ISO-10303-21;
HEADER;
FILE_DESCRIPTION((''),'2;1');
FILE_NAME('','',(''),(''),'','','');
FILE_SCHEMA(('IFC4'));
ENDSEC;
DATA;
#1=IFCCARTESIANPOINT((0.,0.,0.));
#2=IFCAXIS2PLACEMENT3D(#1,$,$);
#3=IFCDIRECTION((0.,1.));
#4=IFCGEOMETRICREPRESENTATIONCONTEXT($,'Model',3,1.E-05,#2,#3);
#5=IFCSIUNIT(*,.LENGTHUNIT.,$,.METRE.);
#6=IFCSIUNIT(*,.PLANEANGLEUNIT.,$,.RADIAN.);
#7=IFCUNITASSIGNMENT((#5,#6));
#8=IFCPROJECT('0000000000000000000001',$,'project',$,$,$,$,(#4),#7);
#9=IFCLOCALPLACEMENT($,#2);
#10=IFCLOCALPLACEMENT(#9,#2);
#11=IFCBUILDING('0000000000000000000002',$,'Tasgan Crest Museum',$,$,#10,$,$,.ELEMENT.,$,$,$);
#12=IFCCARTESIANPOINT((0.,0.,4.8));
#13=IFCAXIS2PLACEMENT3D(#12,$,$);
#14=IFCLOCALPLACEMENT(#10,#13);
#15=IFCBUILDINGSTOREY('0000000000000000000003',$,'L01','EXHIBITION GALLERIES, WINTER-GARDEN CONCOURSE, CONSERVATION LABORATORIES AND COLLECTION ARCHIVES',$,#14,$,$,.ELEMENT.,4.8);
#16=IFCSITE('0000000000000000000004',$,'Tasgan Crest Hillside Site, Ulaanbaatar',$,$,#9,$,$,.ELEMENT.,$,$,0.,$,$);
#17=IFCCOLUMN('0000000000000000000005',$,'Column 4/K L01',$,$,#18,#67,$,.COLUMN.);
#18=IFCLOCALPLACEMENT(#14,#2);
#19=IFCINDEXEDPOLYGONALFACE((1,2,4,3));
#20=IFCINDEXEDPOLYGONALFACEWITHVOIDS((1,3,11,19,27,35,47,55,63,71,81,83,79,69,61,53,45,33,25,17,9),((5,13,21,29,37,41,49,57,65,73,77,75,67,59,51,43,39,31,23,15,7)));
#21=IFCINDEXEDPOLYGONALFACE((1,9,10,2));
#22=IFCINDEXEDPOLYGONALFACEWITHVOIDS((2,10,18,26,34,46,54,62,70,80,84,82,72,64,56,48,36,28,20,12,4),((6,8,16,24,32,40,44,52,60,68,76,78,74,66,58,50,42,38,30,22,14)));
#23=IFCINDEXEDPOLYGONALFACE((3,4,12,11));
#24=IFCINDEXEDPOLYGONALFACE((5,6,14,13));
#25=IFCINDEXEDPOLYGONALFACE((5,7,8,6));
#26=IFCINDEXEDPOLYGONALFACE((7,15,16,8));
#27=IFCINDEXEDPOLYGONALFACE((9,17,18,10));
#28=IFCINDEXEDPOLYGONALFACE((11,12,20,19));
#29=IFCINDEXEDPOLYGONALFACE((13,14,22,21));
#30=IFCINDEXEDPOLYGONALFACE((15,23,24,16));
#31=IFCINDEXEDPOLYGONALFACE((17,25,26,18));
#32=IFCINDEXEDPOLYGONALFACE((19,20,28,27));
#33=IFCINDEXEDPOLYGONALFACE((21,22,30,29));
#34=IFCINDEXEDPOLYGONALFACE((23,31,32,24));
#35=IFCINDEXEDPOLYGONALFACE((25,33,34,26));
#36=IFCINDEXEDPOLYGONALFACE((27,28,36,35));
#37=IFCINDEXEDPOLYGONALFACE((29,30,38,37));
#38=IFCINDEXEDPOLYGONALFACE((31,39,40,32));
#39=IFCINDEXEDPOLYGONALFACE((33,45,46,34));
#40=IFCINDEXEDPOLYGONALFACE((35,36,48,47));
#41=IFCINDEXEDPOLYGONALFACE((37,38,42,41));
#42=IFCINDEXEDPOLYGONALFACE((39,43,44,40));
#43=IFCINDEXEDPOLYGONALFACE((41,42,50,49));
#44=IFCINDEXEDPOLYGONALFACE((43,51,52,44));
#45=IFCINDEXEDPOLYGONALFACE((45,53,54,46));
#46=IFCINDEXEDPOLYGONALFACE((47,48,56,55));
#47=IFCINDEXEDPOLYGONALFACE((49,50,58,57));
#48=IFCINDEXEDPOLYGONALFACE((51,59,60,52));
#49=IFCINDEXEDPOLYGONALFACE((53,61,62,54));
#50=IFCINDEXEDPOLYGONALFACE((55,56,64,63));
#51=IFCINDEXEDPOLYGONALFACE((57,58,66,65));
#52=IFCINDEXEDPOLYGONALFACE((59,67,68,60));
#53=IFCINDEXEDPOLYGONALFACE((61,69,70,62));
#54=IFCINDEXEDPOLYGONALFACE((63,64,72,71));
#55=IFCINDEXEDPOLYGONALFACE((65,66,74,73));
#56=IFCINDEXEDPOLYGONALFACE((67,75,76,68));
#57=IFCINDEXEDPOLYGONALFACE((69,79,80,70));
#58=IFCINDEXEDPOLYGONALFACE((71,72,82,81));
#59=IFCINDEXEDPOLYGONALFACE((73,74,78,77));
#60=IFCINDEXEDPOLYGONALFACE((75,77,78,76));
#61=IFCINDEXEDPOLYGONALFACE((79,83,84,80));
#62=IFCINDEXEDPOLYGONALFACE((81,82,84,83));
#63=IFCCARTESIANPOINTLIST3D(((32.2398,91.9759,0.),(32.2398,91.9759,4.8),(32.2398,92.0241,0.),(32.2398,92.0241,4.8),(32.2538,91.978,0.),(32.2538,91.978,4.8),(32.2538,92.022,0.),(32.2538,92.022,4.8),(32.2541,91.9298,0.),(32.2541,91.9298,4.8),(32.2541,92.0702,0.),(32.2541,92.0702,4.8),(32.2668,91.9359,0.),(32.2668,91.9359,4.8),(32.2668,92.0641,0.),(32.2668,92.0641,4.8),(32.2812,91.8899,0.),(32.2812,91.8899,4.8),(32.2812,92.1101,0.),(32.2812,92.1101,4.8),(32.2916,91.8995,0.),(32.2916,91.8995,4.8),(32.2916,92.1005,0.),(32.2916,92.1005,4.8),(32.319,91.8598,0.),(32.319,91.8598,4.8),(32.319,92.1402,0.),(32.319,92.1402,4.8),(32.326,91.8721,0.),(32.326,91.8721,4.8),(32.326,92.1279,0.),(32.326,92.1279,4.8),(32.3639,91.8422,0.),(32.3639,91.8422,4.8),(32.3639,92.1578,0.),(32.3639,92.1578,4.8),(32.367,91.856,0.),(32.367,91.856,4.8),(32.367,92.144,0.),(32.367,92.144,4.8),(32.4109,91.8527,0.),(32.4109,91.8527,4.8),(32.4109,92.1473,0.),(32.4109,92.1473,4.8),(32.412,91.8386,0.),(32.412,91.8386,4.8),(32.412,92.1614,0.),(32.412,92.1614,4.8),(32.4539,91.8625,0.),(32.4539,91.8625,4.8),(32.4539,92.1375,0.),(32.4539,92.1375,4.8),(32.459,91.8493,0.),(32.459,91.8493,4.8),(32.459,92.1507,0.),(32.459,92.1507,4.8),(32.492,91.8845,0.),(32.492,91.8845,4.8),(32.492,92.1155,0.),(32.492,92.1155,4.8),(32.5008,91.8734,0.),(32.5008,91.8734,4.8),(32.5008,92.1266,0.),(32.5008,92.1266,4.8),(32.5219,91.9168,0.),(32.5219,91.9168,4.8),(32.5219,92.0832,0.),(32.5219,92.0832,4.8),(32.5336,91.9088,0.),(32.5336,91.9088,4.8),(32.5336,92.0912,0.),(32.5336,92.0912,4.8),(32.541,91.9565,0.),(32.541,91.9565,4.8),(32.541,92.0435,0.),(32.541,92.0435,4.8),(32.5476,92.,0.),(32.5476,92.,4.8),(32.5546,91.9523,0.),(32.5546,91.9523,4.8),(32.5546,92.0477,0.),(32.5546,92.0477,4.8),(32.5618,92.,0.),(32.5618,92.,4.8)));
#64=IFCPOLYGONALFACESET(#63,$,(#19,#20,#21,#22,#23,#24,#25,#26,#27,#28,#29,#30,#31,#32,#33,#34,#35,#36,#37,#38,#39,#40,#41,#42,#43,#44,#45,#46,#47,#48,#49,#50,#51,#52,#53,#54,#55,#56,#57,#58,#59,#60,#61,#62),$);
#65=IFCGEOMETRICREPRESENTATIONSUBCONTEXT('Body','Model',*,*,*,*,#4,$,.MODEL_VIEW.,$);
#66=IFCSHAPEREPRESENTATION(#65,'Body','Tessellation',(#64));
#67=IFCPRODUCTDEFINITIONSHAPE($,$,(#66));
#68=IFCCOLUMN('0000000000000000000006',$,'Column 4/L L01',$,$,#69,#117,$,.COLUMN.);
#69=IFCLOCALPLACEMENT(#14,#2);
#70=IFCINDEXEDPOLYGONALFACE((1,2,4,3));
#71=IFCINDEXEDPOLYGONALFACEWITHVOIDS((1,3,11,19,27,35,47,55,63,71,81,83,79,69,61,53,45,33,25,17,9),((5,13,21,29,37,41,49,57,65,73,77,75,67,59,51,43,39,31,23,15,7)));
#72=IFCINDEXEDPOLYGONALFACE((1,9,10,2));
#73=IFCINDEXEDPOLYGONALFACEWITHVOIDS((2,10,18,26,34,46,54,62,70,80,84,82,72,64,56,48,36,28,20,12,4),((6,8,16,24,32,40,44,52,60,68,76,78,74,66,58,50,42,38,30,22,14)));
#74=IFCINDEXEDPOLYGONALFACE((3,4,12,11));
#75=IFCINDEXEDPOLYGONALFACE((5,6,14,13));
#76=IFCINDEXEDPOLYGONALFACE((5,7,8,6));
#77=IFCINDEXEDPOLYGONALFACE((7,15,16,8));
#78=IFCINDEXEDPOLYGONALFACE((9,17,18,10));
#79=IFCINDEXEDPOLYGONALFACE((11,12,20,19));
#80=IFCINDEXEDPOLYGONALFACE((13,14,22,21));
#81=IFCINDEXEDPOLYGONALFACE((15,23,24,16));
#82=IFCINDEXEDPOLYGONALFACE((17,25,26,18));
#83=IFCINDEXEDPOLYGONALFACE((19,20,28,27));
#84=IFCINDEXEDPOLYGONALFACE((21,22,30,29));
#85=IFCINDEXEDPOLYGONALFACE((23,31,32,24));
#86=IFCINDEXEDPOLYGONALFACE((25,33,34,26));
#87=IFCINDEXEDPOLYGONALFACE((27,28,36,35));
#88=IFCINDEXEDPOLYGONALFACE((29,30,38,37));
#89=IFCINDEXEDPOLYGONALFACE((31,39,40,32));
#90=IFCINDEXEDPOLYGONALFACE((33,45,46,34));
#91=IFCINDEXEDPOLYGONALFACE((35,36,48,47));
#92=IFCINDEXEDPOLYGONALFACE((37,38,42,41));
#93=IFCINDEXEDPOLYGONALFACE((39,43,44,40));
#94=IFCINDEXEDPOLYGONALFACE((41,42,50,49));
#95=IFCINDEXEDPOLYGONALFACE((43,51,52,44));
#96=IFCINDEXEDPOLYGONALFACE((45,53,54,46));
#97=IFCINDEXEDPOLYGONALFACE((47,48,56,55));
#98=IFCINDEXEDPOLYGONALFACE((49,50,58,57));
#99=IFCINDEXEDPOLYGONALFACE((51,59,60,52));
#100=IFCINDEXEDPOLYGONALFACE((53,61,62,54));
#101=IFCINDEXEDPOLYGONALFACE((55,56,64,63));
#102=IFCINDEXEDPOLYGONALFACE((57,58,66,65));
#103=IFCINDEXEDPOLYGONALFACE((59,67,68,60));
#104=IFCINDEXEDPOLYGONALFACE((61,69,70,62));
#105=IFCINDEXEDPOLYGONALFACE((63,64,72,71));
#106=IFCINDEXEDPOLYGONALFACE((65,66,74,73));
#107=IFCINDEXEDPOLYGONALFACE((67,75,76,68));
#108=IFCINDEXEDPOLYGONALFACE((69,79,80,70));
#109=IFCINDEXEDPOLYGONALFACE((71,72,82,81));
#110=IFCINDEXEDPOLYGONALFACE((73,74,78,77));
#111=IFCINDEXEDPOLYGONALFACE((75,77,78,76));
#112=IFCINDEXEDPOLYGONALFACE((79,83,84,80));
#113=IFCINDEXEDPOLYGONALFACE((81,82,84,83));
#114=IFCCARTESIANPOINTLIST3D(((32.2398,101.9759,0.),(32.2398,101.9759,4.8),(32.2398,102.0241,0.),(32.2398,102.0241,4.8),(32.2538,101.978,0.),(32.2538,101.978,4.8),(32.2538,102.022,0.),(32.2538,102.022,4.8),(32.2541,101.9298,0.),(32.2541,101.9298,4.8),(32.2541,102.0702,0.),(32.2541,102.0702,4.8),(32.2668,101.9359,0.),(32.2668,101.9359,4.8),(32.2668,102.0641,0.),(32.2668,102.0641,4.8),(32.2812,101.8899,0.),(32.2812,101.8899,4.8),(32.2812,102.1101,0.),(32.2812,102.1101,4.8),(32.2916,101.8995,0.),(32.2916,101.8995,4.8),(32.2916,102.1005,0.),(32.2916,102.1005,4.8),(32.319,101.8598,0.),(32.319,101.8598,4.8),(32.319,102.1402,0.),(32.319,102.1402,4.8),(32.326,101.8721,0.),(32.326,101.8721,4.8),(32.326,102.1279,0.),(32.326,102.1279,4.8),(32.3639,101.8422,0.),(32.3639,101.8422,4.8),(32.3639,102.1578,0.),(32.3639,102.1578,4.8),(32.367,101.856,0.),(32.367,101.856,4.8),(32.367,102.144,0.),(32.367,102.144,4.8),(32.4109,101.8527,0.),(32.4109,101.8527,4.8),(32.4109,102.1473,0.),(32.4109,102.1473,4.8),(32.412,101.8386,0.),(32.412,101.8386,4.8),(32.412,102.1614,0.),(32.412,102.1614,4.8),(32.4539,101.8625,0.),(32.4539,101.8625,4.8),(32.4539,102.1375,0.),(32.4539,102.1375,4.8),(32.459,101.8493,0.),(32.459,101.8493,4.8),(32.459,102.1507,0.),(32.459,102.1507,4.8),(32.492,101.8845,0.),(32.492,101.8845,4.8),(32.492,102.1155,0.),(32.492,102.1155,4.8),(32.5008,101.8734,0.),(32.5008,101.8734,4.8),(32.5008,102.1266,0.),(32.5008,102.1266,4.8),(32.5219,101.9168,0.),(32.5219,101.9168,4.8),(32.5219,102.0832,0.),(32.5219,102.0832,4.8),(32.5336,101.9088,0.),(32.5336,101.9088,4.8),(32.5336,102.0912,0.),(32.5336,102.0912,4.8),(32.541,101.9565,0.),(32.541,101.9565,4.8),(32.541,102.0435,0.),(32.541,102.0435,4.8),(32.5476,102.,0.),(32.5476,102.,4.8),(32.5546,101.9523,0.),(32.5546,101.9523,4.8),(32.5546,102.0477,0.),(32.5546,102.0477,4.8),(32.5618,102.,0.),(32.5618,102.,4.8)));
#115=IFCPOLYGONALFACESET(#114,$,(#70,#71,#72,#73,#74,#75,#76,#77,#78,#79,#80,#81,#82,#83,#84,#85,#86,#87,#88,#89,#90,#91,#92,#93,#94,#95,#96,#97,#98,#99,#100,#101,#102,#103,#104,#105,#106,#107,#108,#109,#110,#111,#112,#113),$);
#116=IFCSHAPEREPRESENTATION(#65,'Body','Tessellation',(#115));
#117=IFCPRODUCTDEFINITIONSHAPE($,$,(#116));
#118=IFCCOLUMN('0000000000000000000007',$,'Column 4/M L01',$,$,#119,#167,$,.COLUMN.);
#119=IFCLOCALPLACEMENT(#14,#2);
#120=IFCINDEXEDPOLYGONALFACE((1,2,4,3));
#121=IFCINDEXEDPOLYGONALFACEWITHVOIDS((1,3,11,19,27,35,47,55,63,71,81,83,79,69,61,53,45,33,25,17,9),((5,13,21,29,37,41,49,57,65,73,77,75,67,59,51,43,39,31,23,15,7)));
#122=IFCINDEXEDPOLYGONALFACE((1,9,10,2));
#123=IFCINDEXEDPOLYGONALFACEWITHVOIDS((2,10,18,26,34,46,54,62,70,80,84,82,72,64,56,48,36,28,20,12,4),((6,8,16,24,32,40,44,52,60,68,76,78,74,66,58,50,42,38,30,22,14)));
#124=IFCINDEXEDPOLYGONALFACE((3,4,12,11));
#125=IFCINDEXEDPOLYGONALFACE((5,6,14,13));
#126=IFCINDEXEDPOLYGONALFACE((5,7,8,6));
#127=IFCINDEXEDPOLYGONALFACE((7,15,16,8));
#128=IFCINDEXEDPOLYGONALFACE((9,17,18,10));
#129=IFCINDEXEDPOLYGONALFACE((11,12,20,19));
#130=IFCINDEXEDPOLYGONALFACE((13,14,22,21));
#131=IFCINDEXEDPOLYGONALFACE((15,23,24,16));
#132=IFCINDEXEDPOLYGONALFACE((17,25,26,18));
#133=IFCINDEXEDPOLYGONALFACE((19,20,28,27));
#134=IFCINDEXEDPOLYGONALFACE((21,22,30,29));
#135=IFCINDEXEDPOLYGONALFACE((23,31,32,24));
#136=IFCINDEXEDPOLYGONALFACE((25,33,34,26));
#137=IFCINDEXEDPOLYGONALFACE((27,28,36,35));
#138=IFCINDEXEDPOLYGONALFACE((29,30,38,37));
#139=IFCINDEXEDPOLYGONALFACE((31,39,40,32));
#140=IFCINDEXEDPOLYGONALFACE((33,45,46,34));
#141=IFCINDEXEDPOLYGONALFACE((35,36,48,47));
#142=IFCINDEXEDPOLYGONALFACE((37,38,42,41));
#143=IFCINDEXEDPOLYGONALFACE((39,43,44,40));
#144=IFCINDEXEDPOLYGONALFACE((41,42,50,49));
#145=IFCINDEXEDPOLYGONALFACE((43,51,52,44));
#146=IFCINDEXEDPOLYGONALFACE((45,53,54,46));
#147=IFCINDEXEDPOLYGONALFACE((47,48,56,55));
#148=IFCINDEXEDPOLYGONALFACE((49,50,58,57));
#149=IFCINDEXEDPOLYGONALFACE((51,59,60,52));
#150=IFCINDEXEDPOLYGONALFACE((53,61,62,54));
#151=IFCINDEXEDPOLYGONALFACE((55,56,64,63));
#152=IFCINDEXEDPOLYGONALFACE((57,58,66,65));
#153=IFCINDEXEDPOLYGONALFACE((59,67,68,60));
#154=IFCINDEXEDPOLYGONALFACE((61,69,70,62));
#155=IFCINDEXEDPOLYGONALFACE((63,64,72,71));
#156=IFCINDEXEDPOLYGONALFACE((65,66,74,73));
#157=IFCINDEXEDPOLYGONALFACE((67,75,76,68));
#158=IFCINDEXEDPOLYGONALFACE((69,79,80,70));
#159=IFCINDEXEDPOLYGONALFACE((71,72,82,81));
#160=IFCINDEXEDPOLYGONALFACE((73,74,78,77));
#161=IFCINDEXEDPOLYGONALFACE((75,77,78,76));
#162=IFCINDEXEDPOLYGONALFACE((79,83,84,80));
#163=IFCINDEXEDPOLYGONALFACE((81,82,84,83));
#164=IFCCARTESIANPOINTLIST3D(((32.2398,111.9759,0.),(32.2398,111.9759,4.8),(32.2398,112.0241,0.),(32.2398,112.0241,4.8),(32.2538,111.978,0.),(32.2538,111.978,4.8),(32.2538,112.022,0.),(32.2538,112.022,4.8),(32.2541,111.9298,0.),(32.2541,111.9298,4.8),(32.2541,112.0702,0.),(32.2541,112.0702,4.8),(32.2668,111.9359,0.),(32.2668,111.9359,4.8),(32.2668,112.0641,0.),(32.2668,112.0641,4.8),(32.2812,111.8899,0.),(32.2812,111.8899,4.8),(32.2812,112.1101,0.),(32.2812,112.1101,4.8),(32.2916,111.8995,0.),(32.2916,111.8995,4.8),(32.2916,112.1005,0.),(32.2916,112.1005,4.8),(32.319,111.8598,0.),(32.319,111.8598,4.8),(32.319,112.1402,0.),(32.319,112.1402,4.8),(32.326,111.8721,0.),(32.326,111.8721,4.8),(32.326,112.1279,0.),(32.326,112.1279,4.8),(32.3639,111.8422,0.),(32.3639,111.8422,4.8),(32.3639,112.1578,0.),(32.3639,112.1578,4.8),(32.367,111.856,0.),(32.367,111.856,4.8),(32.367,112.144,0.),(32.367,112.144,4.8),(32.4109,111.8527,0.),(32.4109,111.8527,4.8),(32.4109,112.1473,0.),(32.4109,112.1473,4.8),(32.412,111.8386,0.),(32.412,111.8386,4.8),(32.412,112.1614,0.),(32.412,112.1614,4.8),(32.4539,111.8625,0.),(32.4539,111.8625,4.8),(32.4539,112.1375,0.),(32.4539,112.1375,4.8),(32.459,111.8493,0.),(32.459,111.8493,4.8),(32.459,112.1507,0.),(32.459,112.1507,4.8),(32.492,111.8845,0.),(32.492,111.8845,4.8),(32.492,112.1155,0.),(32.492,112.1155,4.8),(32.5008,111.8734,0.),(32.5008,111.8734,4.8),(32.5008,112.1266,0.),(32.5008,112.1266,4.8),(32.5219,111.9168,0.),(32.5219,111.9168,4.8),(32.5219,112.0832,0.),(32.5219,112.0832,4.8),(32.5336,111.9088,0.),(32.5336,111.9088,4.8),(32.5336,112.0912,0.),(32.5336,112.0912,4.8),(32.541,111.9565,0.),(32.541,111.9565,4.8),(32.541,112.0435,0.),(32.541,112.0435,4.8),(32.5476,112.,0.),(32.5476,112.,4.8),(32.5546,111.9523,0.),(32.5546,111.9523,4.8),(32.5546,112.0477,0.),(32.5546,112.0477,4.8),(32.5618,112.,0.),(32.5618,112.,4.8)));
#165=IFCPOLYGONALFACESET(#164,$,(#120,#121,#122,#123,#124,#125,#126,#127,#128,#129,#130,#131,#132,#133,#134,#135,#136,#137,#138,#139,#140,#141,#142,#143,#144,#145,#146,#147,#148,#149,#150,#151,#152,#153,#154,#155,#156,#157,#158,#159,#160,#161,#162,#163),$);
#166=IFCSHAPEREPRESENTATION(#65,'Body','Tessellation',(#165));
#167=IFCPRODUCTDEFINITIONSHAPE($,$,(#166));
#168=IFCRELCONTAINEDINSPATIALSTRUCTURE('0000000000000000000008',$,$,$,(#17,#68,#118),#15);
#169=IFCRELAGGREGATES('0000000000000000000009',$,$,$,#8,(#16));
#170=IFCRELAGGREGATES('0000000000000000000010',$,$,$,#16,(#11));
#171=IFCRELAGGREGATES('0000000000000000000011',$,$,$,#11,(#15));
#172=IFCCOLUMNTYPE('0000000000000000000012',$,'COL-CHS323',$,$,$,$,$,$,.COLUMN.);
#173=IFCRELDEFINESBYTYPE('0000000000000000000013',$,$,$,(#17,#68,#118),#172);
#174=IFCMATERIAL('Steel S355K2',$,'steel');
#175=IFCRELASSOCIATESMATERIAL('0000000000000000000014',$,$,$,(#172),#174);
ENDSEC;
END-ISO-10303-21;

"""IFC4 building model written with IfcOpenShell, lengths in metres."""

from ifc_helpers import new_model, si_unit, direction, frame, origin, origin_2d, place, context, subcontext, project, spatial, hollow_circle, extrude, material, material_profile, profile_set, type_object, element, save


model = new_model("IFC4")

# Units and contexts
model_context = context("Model", 3, precision=1e-05, world=origin(), true_north=direction((0.0, 1.0)))
body_context = subcontext(model_context, "Body", "Model", "MODEL_VIEW")
ifc_project = project(units=[si_unit("LENGTHUNIT", "METRE"), si_unit("PLANEANGLEUNIT", "RADIAN")], contexts=[model_context])

# Site, building, storey
site_placement = place(None, origin())
site = spatial("IfcSite", under=ifc_project, at=site_placement, Name="Tasgan Crest Hillside Site, Ulaanbaatar", CompositionType="ELEMENT", RefElevation=0.0)
building_placement = place(site_placement, origin())
building = spatial("IfcBuilding", under=site, at=building_placement, Name="Tasgan Crest Museum", CompositionType="ELEMENT")
storey_placement = place(building_placement, frame((0.0, 0.0, 4.8)))
storey = spatial("IfcBuildingStorey", under=building, at=storey_placement, Name="L01", Description="EXHIBITION GALLERIES, WINTER-GARDEN CONCOURSE, CONSERVATION LABORATORIES AND COLLECTION ARCHIVES", CompositionType="ELEMENT", Elevation=4.8)

# Columns
ifc_material_1 = material(Name="Steel S355K2", Category="steel")
ifc_material_profile_1 = material_profile(ifc_material_1, hollow_circle(Radius=0.1619, WallThickness=0.0142, at=origin_2d()), Name="CHS 323.9x14.2")
ifc_profile_set_1 = profile_set([ifc_material_profile_1], Name="Steel S355K2")
column_type_1 = type_object("IfcColumnType", Name="COL-CHS323", PredefinedType="COLUMN", material=ifc_profile_set_1)
for number, where, z_axis, x_axis, name in (
    (1, (32.3999, 92.0, 0.0), (0.0, 0.0, 1.0), (1.0, 0.0, 0.0), "Column 4/K L01"),
    (2, (32.3999, 102.0, 0.0), (0.0, 0.0, 1.0), (1.0, 0.0, 0.0), "Column 4/L L01"),
    (3, (32.3999, 112.0, 0.0), (0.0, 0.0, 1.0), (1.0, 0.0, 0.0), "Column 4/M L01"),
):
    element("IfcColumn", number, at=place(storey_placement, frame(where, z_axis=z_axis, x_axis=x_axis)), inside=storey, type_object=column_type_1, Name=name, PredefinedType="COLUMN", context=body_context, shape_type="SweptSolid", body=[
        extrude(hollow_circle(Radius=0.1619, WallThickness=0.0142, at=origin_2d()), origin(), (0.0, 0.0, 1.0), 4.8),
    ])

save(model, "model.ifc")
